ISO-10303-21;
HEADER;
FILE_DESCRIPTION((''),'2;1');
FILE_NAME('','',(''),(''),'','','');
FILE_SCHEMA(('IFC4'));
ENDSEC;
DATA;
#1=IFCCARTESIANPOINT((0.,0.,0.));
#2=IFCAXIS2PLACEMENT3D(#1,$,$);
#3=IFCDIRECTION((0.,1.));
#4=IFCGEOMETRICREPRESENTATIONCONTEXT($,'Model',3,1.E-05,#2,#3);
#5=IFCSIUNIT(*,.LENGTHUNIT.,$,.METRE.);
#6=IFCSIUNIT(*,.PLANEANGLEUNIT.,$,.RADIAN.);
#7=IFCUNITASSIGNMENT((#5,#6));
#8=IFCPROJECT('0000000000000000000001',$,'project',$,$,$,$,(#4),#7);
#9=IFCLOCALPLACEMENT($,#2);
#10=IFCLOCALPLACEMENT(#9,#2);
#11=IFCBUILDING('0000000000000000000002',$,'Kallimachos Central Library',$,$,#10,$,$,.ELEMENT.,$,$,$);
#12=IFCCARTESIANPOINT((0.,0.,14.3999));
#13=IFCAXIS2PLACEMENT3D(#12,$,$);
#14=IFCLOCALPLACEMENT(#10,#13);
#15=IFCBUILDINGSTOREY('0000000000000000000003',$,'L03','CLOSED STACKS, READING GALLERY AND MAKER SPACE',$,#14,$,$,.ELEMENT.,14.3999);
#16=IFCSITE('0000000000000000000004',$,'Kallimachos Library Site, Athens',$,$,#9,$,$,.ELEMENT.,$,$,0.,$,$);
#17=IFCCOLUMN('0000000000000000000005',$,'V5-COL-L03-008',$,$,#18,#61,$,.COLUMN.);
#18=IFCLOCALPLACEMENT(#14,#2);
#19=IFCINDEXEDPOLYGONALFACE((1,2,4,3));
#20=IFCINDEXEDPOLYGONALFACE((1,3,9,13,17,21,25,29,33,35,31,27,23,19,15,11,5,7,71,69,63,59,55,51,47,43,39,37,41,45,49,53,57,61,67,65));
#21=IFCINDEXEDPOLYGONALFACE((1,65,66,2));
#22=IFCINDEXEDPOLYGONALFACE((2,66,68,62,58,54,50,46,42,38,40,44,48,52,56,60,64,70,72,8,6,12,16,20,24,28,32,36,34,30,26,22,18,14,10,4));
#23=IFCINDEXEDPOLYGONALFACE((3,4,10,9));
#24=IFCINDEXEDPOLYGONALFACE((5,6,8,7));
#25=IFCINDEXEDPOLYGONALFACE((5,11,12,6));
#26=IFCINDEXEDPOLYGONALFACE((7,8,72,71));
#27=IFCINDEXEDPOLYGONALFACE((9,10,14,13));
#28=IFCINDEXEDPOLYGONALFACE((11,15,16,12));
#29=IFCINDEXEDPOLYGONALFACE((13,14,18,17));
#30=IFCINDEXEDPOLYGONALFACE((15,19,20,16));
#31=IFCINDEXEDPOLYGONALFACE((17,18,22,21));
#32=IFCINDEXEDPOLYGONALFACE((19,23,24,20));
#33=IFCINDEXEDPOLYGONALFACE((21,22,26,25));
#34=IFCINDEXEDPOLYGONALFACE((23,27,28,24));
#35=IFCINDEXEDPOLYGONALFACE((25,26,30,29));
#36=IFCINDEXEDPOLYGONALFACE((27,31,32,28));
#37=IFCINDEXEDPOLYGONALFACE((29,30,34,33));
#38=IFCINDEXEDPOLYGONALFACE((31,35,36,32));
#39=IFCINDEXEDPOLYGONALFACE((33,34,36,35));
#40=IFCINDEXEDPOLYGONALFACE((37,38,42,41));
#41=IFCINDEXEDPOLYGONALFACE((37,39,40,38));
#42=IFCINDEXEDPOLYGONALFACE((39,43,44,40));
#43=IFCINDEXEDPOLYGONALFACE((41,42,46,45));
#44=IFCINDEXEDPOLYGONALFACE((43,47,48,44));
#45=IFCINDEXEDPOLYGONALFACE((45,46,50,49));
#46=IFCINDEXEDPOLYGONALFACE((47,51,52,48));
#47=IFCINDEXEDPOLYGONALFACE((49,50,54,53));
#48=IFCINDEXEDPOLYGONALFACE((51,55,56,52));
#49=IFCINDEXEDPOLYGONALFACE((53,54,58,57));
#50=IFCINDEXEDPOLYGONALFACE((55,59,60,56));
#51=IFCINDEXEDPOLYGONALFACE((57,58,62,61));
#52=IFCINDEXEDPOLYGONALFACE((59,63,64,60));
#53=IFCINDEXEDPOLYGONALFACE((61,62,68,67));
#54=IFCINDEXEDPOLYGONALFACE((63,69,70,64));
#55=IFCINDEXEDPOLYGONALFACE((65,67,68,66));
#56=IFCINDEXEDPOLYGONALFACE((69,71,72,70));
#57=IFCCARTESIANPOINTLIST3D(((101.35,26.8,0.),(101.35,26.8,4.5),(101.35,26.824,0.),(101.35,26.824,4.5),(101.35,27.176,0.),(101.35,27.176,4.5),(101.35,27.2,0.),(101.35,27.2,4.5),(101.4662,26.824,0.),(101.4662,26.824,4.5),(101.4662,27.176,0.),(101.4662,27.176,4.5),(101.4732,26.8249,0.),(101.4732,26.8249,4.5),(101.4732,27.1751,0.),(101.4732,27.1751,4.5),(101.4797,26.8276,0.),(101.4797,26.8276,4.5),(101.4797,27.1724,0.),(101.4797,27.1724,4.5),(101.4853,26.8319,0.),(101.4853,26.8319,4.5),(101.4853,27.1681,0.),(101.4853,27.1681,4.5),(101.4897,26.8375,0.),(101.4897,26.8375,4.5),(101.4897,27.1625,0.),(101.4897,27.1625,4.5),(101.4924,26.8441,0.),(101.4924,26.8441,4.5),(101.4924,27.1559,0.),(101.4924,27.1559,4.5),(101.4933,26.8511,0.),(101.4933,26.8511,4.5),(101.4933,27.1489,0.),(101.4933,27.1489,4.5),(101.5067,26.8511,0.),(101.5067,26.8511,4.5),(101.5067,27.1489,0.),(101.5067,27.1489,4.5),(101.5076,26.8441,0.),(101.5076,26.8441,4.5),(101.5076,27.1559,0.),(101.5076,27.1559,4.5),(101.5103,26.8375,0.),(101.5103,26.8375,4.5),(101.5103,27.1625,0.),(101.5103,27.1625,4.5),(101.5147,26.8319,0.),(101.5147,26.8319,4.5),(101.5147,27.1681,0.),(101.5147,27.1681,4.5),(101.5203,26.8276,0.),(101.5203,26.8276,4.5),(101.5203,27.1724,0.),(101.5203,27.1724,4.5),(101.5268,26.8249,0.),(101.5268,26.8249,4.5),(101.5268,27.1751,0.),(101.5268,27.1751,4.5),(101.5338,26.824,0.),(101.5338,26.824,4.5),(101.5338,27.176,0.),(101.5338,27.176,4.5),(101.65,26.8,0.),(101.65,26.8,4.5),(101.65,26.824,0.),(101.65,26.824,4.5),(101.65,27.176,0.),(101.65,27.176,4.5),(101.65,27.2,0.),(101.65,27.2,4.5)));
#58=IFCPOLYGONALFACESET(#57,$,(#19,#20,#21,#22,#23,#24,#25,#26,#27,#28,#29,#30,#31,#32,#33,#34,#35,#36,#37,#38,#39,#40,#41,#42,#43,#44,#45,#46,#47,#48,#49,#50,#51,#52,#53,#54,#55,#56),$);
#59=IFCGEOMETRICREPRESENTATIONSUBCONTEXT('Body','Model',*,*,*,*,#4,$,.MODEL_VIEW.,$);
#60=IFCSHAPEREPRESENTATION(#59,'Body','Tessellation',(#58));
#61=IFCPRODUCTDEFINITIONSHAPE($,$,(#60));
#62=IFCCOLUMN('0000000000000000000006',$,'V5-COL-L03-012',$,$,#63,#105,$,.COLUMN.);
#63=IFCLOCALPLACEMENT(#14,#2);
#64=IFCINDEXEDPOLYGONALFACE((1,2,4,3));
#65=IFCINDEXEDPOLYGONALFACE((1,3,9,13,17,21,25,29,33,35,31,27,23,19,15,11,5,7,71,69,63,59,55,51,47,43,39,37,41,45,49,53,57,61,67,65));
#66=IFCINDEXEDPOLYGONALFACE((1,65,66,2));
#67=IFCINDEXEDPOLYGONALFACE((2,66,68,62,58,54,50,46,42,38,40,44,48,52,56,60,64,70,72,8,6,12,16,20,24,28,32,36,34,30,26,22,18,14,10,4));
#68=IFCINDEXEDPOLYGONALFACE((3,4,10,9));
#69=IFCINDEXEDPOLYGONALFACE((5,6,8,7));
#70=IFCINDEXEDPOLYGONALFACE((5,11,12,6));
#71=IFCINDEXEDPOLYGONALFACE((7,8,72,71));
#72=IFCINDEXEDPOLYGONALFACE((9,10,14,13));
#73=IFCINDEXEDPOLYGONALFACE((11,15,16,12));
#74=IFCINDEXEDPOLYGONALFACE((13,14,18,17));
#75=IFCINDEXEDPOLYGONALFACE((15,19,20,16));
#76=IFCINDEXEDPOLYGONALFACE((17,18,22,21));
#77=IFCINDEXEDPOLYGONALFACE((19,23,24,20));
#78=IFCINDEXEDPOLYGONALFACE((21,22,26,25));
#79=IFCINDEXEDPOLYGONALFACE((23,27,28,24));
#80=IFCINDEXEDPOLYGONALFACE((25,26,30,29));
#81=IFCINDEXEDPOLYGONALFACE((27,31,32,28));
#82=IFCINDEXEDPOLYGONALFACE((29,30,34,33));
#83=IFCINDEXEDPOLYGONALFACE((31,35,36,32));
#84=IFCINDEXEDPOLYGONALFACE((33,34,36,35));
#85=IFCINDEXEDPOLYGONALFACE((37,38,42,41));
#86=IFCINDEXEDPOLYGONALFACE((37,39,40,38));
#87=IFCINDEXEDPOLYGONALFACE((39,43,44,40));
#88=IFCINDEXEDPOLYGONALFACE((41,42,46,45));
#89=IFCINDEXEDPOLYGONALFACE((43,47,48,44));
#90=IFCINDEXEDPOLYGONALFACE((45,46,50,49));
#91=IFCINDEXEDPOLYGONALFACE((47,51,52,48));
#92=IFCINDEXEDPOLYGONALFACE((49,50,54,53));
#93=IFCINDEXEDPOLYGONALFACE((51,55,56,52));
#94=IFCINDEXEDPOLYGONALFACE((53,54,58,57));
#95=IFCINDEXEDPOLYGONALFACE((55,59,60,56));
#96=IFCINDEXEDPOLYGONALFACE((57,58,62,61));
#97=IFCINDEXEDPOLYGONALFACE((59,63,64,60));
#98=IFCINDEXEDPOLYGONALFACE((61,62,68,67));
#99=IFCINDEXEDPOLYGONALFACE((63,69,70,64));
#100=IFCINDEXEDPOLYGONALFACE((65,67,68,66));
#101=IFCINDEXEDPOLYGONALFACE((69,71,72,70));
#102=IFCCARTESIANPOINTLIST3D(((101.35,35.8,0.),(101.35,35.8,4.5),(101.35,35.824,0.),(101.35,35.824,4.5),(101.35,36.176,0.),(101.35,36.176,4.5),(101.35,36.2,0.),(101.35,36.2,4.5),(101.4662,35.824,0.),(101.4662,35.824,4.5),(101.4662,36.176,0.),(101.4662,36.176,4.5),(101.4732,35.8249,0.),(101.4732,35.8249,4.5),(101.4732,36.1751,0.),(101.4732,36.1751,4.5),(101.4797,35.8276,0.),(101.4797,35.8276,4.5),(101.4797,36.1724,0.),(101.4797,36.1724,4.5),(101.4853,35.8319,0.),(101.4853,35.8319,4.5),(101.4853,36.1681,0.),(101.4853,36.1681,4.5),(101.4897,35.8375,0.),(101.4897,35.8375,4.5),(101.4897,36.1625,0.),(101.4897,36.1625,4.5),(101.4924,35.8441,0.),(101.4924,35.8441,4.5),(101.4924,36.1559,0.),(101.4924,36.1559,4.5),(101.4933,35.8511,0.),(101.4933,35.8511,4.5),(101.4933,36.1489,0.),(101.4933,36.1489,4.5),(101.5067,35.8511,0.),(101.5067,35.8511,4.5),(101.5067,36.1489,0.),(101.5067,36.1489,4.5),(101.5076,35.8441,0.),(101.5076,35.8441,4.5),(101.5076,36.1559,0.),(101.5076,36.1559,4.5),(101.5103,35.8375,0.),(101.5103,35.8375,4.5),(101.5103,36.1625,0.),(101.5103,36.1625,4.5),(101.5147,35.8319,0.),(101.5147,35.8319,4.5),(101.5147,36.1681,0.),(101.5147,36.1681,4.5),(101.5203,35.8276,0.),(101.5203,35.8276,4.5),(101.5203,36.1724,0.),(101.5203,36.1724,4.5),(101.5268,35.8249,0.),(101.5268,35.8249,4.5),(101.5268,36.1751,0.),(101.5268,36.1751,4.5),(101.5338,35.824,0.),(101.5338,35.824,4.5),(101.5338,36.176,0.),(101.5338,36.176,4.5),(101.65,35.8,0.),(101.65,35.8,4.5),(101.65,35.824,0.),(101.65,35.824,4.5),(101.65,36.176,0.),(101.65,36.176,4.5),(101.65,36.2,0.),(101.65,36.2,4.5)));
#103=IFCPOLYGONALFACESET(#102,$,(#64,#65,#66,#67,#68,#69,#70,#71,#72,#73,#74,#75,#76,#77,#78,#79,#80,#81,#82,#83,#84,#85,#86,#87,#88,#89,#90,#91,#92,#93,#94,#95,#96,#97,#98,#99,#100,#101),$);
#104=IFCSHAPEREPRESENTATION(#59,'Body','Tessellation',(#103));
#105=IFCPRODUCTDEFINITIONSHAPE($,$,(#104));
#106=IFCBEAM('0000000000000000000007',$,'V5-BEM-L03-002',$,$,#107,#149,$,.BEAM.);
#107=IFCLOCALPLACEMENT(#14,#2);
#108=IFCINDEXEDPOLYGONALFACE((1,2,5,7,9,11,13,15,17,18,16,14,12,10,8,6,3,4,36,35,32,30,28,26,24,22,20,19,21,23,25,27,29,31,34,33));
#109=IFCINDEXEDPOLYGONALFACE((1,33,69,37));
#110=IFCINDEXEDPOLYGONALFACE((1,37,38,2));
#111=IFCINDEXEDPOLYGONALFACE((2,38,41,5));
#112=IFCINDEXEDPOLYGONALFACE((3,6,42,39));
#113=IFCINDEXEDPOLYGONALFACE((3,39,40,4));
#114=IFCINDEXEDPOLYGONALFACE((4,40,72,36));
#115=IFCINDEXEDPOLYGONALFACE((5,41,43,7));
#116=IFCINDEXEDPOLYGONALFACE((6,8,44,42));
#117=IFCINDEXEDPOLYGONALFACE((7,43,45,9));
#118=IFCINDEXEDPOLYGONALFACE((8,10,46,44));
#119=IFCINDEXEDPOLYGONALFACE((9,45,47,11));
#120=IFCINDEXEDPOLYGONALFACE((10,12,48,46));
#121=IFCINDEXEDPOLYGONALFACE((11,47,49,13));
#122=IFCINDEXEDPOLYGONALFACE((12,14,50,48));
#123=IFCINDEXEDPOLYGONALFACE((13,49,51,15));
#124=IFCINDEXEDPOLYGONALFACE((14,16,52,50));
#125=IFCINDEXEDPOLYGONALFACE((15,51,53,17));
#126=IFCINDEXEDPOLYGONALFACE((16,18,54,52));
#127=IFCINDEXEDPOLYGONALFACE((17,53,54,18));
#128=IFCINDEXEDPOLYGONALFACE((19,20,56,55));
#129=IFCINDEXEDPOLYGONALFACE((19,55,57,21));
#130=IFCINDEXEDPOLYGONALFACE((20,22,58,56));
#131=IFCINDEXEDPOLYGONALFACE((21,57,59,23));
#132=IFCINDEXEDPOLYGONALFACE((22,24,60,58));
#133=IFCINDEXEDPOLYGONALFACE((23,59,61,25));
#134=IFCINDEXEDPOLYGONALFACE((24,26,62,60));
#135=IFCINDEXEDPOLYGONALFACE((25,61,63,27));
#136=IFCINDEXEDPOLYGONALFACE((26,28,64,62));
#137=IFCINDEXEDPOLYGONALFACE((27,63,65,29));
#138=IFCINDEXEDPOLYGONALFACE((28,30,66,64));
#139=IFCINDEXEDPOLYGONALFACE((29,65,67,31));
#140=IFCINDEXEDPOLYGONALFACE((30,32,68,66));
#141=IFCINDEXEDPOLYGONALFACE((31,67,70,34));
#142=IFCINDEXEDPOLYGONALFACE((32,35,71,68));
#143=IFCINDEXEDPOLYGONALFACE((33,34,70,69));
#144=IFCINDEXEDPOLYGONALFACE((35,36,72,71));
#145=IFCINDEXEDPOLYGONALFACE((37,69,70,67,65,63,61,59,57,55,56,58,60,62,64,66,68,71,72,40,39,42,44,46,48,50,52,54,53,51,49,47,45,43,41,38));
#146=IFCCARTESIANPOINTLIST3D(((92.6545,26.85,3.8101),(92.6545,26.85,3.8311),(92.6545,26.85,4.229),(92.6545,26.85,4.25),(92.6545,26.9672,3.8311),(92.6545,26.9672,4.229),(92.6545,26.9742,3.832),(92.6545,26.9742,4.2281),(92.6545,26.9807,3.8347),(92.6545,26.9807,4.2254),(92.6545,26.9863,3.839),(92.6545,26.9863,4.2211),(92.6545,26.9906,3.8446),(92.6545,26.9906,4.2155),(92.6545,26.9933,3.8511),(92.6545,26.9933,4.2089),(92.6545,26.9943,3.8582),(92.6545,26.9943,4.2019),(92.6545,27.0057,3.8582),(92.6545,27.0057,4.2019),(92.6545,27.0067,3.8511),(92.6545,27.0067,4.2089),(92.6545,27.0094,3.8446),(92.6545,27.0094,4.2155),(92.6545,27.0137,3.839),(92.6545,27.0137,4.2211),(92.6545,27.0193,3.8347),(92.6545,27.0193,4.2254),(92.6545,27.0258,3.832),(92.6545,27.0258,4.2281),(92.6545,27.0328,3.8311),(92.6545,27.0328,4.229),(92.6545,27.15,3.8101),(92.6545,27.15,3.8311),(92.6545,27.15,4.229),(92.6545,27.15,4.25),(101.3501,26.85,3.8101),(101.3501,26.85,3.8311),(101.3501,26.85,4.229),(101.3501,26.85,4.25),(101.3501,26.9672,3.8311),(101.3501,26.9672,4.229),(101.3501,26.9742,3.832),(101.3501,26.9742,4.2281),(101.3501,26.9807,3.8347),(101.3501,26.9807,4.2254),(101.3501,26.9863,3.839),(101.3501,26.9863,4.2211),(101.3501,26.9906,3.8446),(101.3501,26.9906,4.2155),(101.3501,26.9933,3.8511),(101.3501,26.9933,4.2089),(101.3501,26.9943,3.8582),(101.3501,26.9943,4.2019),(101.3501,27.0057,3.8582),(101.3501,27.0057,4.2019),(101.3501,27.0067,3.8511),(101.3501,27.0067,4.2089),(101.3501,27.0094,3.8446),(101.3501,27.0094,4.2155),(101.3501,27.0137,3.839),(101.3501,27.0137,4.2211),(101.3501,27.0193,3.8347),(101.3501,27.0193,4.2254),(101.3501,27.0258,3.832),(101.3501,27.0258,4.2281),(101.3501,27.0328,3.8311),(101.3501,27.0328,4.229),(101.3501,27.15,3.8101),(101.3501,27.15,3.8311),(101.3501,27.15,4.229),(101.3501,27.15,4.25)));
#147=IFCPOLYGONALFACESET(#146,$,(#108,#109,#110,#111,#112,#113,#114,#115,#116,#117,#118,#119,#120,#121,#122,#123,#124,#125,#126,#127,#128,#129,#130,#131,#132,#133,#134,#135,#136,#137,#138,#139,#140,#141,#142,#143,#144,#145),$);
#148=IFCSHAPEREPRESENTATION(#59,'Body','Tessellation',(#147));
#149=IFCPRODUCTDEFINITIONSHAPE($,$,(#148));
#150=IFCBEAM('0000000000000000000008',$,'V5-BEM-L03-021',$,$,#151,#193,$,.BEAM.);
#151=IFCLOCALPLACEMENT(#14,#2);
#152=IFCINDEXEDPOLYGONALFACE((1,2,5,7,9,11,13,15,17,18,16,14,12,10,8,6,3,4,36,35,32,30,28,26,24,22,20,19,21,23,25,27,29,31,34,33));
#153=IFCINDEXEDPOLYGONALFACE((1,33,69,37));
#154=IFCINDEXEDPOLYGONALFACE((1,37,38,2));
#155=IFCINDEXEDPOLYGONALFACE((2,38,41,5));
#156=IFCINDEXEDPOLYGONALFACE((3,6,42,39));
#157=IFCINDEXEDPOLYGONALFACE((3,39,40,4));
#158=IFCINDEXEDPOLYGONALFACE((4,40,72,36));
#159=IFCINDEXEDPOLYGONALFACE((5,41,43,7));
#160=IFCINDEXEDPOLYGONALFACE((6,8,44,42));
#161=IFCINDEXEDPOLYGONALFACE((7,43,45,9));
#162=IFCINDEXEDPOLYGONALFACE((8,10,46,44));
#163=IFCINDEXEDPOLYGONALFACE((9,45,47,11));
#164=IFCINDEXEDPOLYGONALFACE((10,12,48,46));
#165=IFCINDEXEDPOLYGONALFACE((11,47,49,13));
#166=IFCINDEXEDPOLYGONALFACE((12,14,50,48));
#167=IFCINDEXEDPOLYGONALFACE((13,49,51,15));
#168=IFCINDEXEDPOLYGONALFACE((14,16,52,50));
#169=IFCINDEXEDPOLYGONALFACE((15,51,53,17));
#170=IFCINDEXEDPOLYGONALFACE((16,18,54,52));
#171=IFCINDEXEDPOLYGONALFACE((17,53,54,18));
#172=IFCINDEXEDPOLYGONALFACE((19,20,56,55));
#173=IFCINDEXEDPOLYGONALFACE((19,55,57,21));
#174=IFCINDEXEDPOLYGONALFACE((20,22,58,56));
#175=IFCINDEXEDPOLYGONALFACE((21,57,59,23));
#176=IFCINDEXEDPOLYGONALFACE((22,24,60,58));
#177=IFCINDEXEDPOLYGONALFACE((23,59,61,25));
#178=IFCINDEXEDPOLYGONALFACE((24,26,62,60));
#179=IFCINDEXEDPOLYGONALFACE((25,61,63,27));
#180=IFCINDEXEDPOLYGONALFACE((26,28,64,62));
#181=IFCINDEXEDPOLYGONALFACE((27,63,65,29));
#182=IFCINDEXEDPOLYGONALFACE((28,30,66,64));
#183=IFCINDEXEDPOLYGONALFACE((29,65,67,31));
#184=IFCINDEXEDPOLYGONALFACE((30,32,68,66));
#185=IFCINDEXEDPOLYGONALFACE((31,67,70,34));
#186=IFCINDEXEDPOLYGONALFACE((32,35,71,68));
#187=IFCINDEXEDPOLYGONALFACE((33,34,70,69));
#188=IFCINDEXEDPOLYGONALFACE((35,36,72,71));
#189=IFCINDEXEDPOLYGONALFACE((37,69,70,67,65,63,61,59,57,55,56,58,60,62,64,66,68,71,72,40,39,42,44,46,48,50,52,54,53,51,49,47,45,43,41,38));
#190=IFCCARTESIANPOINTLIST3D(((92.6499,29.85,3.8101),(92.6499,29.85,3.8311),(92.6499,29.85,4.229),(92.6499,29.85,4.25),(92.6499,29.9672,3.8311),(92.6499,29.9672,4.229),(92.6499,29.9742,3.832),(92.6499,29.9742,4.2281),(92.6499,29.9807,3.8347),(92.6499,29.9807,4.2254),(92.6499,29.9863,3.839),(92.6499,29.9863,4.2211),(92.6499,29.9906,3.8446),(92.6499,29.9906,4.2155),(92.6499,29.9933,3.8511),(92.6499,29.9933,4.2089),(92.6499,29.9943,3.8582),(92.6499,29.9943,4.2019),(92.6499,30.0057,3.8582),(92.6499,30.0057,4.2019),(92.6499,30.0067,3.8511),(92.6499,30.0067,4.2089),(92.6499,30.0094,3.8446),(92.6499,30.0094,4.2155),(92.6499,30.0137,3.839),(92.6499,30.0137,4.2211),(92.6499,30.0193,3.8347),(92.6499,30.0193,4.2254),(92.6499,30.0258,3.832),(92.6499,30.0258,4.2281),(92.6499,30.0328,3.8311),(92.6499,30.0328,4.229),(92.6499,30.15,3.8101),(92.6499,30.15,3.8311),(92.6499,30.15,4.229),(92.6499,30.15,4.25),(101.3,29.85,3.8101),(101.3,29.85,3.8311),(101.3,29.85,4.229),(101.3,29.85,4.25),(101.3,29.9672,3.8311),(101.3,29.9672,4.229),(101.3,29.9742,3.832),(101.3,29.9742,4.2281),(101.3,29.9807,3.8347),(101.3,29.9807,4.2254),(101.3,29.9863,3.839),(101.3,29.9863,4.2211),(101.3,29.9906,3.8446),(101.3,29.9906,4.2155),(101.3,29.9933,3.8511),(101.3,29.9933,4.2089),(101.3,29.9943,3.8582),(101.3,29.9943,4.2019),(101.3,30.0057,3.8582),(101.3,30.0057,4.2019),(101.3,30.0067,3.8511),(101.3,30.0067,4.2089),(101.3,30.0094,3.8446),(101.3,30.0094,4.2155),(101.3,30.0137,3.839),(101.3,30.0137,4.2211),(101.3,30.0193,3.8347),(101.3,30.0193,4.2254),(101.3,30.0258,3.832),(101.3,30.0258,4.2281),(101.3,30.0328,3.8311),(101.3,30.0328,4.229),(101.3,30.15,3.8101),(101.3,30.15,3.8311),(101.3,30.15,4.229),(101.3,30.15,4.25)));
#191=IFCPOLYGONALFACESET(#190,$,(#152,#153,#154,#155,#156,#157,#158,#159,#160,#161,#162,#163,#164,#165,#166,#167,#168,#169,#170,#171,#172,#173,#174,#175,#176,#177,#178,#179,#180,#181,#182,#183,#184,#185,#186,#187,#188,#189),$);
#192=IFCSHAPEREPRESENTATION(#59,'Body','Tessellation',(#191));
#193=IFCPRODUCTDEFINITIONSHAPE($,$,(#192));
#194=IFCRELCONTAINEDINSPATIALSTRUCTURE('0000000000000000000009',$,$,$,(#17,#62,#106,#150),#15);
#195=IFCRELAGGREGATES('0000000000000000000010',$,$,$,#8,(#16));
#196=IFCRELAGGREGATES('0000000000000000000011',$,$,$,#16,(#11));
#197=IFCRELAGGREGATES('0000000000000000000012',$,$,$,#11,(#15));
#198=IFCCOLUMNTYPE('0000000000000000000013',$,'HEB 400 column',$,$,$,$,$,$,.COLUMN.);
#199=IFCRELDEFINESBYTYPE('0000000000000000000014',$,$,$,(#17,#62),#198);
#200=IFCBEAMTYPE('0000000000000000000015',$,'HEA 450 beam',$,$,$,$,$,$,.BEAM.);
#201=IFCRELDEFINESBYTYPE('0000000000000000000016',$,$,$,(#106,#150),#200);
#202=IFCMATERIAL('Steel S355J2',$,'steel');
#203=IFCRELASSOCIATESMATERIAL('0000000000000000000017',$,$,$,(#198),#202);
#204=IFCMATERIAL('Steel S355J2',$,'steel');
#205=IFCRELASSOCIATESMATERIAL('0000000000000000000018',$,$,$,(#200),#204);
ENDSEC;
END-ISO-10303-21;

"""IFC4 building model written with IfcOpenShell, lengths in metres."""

from ifc_helpers import new_model, si_unit, direction, frame, origin, origin_2d, place, context, subcontext, project, spatial, i_section, extrude, material, material_profile, profile_set, type_object, element, save


model = new_model("IFC4")

# Units and contexts
model_context = context("Model", 3, precision=1e-05, world=origin(), true_north=direction((0.0, 1.0)))
body_context = subcontext(model_context, "Body", "Model", "MODEL_VIEW")
ifc_project = project(units=[si_unit("LENGTHUNIT", "METRE"), si_unit("PLANEANGLEUNIT", "RADIAN")], contexts=[model_context])

# Site, building, storey
site_placement = place(None, origin())
site = spatial("IfcSite", under=ifc_project, at=site_placement, Name="Kallimachos Library Site, Athens", CompositionType="ELEMENT", RefElevation=0.0)
building_placement = place(site_placement, origin())
building = spatial("IfcBuilding", under=site, at=building_placement, Name="Kallimachos Central Library", CompositionType="ELEMENT")
storey_placement = place(building_placement, frame((0.0, 0.0, 14.3999)))
storey = spatial("IfcBuildingStorey", under=building, at=storey_placement, Name="L03", Description="CLOSED STACKS, READING GALLERY AND MAKER SPACE", CompositionType="ELEMENT", Elevation=14.3999)

# Columns
ifc_material_1 = material(Name="Steel S355J2", Category="steel")
ifc_material_profile_1 = material_profile(ifc_material_1, i_section(OverallWidth=0.3, OverallDepth=0.3999, WebThickness=0.0134, FlangeThickness=0.0239, FilletRadius=0.0271, at=origin_2d()), Name="HEB 400")
ifc_profile_set_1 = profile_set([ifc_material_profile_1], Name="Steel S355J2")
column_type = type_object("IfcColumnType", Name="HEB 400 column", PredefinedType="COLUMN", material=ifc_profile_set_1)
for number, where, z_axis, x_axis, name in (
    (1, (101.5, 27.0, 0.0), (0.0, 0.0, 1.0), (1.0, 0.0, 0.0), "V5-COL-L03-008"),
    (2, (101.5, 36.0, 0.0), (0.0, 0.0, 1.0), (1.0, 0.0, 0.0), "V5-COL-L03-012"),
):
    element("IfcColumn", number, at=place(storey_placement, frame(where, z_axis=z_axis, x_axis=x_axis)), inside=storey, type_object=column_type, Name=name, PredefinedType="COLUMN", context=body_context, shape_type="SweptSolid", body=[
        extrude(i_section(OverallWidth=0.3, OverallDepth=0.3999, WebThickness=0.0134, FlangeThickness=0.0239, FilletRadius=0.0271, at=origin_2d()), origin(), (0.0, 0.0, 1.0), 4.5),
    ])

# Beams
ifc_material_2 = material(Name="Steel S355J2", Category="steel")
ifc_material_profile_2 = material_profile(ifc_material_2, i_section(OverallWidth=0.3, OverallDepth=0.4399, WebThickness=0.0115, FlangeThickness=0.021, FilletRadius=0.0271, at=origin_2d()), Name="HEA 450")
ifc_profile_set_2 = profile_set([ifc_material_profile_2], Name="Steel S355J2")
beam_type = type_object("IfcBeamType", Name="HEA 450 beam", PredefinedType="BEAM", material=ifc_profile_set_2)
beam_placement = place(storey_placement, frame((92.6545, 27.0, 4.03), z_axis=(1.0, 0.0, 0.0), x_axis=(0.0, 1.0, 0.0)))
element("IfcBeam", 3, at=beam_placement, inside=storey, type_object=beam_type, Name="V5-BEM-L03-002", PredefinedType="BEAM", context=body_context, shape_type="SweptSolid", body=[
    extrude(i_section(OverallWidth=0.3, OverallDepth=0.4399, WebThickness=0.0115, FlangeThickness=0.021, FilletRadius=0.0271, at=origin_2d()), origin(), (0.0, 0.0, 1.0), 8.6956),
])
for number, where, z_axis, x_axis, name in (
    (4, (92.6499, 30.0, 4.03), (1.0, 0.0, 0.0), (0.0, 1.0, 0.0), "V5-BEM-L03-021"),
):
    element("IfcBeam", number, at=place(storey_placement, frame(where, z_axis=z_axis, x_axis=x_axis)), inside=storey, type_object=beam_type, Name=name, PredefinedType="BEAM", context=body_context, shape_type="SweptSolid", body=[
        extrude(i_section(OverallWidth=0.3, OverallDepth=0.4399, WebThickness=0.0115, FlangeThickness=0.021, FilletRadius=0.0271, at=origin_2d()), origin(), (0.0, 0.0, 1.0), 8.6501),
    ])

save(model, "model.ifc")
